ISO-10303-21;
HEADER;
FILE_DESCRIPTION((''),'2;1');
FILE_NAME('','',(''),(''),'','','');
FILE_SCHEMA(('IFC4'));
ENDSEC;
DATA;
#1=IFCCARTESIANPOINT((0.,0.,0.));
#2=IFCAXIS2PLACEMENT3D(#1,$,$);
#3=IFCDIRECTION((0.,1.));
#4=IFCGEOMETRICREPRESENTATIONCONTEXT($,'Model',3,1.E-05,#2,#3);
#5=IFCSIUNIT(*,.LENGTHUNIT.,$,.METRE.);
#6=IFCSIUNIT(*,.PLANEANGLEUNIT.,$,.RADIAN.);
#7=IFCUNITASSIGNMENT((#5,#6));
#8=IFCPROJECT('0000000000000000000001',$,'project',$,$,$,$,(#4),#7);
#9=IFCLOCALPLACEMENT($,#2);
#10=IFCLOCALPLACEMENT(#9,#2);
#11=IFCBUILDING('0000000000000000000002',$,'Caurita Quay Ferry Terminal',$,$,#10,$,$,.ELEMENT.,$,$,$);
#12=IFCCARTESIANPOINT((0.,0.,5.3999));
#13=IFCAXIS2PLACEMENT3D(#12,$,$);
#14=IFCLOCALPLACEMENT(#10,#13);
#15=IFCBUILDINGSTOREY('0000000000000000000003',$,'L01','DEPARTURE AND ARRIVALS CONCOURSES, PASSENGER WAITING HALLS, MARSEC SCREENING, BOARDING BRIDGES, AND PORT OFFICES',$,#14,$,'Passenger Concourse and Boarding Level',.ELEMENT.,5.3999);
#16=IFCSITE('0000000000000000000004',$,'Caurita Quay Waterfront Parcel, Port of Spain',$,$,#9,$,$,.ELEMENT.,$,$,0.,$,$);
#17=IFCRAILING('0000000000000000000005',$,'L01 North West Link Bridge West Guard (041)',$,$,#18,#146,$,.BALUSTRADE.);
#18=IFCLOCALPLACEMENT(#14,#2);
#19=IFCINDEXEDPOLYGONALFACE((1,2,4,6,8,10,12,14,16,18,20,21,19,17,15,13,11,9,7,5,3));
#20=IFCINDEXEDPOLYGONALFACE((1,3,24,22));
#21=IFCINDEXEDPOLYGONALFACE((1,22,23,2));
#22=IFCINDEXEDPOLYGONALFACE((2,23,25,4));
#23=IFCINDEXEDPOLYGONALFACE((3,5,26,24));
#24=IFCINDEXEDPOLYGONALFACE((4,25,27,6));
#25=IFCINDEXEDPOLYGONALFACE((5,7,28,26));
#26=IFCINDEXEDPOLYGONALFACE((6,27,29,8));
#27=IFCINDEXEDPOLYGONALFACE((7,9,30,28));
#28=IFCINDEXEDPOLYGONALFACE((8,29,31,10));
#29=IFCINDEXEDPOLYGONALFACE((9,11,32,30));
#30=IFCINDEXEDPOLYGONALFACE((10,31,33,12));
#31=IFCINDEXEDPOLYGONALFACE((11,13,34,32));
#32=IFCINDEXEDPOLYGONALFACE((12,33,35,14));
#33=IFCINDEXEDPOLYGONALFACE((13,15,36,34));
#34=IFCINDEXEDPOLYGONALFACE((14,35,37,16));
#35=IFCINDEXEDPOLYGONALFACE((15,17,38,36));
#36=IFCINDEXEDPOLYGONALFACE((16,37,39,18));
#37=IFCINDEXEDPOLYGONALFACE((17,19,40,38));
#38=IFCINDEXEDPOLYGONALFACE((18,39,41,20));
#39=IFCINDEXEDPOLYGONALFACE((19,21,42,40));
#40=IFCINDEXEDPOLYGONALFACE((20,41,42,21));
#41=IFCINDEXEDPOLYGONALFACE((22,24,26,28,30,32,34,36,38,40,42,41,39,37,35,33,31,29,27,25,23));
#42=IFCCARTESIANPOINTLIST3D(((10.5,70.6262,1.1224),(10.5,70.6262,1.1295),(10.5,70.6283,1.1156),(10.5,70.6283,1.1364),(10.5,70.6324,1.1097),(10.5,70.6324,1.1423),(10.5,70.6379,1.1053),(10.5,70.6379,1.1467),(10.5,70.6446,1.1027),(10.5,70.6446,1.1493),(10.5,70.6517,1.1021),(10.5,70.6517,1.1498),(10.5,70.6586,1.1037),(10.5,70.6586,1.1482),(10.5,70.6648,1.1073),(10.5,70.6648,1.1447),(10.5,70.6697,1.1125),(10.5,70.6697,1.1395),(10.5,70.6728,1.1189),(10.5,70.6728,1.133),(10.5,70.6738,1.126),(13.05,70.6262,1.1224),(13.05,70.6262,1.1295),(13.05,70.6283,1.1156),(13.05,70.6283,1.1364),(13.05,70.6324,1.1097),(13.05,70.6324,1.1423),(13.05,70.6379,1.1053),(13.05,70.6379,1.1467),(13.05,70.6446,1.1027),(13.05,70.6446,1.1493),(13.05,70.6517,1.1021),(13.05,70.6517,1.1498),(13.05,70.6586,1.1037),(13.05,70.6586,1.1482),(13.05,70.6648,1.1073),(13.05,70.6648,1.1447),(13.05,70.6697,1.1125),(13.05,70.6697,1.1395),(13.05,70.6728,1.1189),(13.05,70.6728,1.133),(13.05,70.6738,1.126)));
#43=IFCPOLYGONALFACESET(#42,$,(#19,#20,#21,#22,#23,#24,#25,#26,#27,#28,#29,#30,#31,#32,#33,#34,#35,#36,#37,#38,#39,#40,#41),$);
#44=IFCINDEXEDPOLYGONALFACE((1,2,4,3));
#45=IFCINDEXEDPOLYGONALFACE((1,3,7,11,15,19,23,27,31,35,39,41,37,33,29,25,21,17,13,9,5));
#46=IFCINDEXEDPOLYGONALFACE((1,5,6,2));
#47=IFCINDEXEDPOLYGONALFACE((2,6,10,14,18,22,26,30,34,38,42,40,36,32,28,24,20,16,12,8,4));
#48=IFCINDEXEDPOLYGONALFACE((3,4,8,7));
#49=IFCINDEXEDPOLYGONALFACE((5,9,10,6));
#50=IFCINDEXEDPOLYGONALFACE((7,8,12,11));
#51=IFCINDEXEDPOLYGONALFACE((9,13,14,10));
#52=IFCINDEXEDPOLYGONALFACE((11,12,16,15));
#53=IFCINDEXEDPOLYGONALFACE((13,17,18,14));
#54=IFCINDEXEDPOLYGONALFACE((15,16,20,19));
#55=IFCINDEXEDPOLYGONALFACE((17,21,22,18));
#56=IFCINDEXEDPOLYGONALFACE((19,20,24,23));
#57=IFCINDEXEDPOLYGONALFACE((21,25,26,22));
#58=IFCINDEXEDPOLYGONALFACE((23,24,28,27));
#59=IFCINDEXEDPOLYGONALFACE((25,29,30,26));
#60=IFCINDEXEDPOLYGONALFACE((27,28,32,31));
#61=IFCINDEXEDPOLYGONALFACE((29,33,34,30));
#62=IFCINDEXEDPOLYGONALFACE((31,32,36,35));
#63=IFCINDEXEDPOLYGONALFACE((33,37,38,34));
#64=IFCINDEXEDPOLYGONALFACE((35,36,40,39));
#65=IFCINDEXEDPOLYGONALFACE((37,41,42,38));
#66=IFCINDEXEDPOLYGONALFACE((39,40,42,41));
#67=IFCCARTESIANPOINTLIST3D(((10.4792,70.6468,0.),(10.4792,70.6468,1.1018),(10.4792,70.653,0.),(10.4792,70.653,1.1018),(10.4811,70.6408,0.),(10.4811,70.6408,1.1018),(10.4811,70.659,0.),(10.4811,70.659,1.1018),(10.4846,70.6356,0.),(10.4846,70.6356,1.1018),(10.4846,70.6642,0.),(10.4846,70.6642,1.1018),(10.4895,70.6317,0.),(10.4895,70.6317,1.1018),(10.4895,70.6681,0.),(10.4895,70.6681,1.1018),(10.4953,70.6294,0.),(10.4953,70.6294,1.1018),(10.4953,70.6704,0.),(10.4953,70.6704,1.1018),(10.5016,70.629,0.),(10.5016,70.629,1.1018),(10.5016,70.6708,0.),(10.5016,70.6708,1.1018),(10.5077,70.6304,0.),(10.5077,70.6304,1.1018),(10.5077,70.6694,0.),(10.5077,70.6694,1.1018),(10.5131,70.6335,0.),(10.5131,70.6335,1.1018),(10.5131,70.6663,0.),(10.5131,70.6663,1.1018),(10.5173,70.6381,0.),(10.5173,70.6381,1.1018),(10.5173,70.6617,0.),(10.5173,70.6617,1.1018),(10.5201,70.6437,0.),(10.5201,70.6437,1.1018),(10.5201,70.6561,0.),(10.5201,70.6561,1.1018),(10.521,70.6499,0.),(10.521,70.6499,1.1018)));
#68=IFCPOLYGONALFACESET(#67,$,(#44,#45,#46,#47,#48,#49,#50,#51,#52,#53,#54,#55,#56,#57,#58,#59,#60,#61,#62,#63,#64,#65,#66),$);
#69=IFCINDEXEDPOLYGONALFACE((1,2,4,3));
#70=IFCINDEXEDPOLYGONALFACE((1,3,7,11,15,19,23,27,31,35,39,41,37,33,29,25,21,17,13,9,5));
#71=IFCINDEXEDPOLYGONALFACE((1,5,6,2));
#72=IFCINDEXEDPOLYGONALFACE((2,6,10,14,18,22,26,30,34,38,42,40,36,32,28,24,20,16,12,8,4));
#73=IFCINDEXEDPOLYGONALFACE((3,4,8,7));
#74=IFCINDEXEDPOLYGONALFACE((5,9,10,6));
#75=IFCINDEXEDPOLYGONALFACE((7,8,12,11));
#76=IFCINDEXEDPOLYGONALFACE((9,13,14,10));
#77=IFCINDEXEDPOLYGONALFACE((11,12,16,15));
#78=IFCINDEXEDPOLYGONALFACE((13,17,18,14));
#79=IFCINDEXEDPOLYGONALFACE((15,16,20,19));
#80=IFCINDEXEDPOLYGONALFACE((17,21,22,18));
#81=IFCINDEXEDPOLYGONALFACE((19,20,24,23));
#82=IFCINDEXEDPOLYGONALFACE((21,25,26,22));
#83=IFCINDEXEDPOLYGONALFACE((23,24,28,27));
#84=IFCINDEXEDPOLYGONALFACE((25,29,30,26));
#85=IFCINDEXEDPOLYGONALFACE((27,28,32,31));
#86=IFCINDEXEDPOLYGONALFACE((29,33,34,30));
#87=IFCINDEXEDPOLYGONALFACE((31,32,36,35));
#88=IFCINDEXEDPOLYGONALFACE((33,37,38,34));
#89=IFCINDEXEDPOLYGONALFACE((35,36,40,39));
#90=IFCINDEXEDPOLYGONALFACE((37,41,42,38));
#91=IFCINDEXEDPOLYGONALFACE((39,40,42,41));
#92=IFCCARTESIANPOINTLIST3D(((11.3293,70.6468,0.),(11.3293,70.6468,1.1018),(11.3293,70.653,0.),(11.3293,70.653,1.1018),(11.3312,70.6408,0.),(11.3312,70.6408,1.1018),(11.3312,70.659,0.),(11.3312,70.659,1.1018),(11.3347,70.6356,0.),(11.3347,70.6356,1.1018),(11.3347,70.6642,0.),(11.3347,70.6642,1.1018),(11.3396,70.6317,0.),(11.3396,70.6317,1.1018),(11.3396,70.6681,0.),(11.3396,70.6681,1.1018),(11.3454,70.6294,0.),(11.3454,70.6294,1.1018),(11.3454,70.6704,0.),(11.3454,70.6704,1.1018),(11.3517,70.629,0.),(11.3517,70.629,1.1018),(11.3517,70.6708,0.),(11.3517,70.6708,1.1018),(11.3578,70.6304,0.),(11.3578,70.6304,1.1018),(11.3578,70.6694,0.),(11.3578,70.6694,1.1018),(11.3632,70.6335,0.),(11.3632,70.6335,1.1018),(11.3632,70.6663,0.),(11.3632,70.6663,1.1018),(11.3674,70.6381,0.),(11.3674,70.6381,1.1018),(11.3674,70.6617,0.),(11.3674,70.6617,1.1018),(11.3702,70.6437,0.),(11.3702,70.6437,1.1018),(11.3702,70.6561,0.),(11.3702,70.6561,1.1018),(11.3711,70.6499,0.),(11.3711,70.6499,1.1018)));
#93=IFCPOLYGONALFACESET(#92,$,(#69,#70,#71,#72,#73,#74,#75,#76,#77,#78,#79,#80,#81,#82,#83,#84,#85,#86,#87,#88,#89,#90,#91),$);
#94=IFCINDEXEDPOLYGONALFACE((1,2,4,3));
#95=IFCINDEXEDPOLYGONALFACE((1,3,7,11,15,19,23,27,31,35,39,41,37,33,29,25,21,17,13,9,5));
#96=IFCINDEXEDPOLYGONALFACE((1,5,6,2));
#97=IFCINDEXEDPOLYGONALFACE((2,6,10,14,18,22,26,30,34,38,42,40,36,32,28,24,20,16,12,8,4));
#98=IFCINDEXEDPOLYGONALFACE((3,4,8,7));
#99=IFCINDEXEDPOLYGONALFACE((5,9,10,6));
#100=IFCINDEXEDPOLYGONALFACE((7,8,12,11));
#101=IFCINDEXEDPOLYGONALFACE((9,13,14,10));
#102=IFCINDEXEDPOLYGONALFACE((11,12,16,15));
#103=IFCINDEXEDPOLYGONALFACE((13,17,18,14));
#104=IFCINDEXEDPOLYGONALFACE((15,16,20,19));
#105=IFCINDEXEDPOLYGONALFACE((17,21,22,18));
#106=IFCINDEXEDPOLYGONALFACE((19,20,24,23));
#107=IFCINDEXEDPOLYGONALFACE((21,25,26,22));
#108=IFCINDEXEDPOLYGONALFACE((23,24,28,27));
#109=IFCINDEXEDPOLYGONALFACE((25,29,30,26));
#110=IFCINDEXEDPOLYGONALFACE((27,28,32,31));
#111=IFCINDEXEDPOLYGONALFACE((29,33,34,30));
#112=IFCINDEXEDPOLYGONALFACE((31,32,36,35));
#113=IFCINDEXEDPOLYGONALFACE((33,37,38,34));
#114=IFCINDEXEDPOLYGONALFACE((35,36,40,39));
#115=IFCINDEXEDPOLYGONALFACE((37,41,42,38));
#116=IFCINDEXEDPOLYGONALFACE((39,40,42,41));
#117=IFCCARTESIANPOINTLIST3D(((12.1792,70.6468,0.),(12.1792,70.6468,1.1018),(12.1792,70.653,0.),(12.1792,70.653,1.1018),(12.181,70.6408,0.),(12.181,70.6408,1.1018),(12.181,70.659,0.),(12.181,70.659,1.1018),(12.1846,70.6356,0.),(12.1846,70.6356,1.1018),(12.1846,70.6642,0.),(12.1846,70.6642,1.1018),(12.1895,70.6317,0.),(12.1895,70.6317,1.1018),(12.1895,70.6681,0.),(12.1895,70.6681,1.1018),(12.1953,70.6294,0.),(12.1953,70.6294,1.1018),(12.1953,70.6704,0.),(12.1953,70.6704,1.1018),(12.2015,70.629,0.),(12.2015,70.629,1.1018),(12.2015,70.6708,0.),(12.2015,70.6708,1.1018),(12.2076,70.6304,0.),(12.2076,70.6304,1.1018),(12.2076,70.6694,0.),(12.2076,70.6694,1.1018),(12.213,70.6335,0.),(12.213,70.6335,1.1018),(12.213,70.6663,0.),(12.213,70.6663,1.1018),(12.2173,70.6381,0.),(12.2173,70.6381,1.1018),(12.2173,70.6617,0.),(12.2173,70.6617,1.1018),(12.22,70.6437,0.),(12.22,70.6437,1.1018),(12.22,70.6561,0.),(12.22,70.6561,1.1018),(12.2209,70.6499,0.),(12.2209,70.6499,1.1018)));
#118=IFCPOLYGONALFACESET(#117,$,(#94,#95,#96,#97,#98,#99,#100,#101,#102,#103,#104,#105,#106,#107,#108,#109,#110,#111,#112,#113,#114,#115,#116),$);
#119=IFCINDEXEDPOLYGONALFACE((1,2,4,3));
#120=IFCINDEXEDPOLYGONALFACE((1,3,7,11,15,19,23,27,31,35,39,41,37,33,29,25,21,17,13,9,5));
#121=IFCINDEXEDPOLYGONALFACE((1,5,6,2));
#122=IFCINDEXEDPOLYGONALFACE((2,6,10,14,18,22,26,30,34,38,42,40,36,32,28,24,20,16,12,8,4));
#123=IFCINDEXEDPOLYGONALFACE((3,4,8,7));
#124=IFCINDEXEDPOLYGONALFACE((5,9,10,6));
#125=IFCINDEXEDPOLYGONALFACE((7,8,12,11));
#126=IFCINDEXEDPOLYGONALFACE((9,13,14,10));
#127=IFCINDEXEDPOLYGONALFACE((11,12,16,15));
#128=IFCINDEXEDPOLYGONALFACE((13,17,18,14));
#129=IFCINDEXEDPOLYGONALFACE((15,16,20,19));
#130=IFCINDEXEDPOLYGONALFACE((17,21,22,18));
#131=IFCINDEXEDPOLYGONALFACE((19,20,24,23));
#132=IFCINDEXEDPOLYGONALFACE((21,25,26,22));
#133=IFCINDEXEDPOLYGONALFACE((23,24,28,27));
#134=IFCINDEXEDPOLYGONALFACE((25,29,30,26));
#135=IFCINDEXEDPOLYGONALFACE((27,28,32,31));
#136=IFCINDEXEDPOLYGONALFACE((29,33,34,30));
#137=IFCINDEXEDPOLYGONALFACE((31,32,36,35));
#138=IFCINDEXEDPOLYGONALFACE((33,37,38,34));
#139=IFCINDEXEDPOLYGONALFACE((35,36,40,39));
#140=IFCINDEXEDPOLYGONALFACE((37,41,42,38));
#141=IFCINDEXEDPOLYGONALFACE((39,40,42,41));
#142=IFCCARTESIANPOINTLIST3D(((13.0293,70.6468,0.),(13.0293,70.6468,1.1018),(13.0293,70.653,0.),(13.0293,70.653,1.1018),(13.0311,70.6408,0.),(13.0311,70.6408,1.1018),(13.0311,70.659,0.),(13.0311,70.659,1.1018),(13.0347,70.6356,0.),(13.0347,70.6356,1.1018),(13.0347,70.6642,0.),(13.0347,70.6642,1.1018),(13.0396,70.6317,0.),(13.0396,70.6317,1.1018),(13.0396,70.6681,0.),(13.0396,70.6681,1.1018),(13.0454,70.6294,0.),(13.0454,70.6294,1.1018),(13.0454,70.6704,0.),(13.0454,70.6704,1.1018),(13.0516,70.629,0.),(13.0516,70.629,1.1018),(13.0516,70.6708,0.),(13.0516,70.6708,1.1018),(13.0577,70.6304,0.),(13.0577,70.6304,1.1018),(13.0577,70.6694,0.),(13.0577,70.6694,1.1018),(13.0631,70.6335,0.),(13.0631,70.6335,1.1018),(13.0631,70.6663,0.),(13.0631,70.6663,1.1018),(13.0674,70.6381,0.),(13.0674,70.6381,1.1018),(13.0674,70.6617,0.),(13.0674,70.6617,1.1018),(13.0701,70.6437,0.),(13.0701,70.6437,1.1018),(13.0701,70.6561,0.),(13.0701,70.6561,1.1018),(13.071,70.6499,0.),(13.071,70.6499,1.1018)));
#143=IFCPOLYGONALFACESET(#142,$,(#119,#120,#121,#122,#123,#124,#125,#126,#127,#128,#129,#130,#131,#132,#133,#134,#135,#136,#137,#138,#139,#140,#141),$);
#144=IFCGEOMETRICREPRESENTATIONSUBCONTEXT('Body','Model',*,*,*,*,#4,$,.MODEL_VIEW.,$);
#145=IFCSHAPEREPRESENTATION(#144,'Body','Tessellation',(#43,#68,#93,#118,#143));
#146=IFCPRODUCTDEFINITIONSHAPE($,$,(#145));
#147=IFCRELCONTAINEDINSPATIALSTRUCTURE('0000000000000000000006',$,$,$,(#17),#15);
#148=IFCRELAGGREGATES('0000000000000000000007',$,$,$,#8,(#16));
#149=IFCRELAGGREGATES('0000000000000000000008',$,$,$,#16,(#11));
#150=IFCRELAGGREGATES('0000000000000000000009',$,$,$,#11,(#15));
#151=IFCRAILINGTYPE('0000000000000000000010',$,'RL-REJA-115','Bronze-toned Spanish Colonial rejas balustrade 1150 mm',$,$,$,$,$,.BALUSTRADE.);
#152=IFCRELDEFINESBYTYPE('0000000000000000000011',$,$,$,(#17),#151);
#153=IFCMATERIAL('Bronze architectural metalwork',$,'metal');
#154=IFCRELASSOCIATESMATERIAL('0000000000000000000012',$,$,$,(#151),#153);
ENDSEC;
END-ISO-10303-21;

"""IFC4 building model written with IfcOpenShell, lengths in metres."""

from ifc_helpers import new_model, si_unit, direction, frame, origin, origin_2d, place, context, subcontext, project, spatial, circle, extrude, material, type_object, element, save


model = new_model("IFC4")

# Units and contexts
model_context = context("Model", 3, precision=1e-05, world=origin(), true_north=direction((0.0, 1.0)))
body_context = subcontext(model_context, "Body", "Model", "MODEL_VIEW")
ifc_project = project(units=[si_unit("LENGTHUNIT", "METRE"), si_unit("PLANEANGLEUNIT", "RADIAN")], contexts=[model_context])

# Site, building, storey
site_placement = place(None, origin())
site = spatial("IfcSite", under=ifc_project, at=site_placement, Name="Caurita Quay Waterfront Parcel, Port of Spain", CompositionType="ELEMENT", RefElevation=0.0)
building_placement = place(site_placement, origin())
building = spatial("IfcBuilding", under=site, at=building_placement, Name="Caurita Quay Ferry Terminal", CompositionType="ELEMENT")
storey_placement = place(building_placement, frame((0.0, 0.0, 5.3999)))
storey = spatial("IfcBuildingStorey", under=building, at=storey_placement, Name="L01", Description="DEPARTURE AND ARRIVALS CONCOURSES, PASSENGER WAITING HALLS, MARSEC SCREENING, BOARDING BRIDGES, AND PORT OFFICES", LongName="Passenger Concourse and Boarding Level", CompositionType="ELEMENT", Elevation=5.3999)

# Railing
ifc_material_1 = material(Name="Bronze architectural metalwork", Category="metal")
railing_type_1 = type_object("IfcRailingType", Name="RL-REJA-115", Description="Bronze-toned Spanish Colonial rejas balustrade 1150 mm", PredefinedType="BALUSTRADE", material=ifc_material_1)
railing_1_placement = place(storey_placement, frame((10.5, 70.6499, 0.0)))
element("IfcRailing", 1, at=railing_1_placement, inside=storey, type_object=railing_type_1, Name="L01 North West Link Bridge West Guard (041)", PredefinedType="BALUSTRADE", context=body_context, shape_type="SweptSolid", body=[
    extrude(circle(Radius=0.0239, at=origin_2d()), frame((0.0, 0.0, 1.126), z_axis=(1.0, 0.0, 0.0), x_axis=(0.0, 1.0, 0.0)), (0.0, 0.0, 1.0), 2.55),
    extrude(circle(Radius=0.021, at=origin_2d()), origin(), (0.0, 0.0, 1.0), 1.1018),
    extrude(circle(Radius=0.021, at=origin_2d()), frame((0.8501, 0.0, 0.0)), (0.0, 0.0, 1.0), 1.1018),
    extrude(circle(Radius=0.021, at=origin_2d()), frame((1.7, 0.0, 0.0)), (0.0, 0.0, 1.0), 1.1018),
    extrude(circle(Radius=0.021, at=origin_2d()), frame((2.55, 0.0, 0.0)), (0.0, 0.0, 1.0), 1.1018),
])

save(model, "model.ifc")
